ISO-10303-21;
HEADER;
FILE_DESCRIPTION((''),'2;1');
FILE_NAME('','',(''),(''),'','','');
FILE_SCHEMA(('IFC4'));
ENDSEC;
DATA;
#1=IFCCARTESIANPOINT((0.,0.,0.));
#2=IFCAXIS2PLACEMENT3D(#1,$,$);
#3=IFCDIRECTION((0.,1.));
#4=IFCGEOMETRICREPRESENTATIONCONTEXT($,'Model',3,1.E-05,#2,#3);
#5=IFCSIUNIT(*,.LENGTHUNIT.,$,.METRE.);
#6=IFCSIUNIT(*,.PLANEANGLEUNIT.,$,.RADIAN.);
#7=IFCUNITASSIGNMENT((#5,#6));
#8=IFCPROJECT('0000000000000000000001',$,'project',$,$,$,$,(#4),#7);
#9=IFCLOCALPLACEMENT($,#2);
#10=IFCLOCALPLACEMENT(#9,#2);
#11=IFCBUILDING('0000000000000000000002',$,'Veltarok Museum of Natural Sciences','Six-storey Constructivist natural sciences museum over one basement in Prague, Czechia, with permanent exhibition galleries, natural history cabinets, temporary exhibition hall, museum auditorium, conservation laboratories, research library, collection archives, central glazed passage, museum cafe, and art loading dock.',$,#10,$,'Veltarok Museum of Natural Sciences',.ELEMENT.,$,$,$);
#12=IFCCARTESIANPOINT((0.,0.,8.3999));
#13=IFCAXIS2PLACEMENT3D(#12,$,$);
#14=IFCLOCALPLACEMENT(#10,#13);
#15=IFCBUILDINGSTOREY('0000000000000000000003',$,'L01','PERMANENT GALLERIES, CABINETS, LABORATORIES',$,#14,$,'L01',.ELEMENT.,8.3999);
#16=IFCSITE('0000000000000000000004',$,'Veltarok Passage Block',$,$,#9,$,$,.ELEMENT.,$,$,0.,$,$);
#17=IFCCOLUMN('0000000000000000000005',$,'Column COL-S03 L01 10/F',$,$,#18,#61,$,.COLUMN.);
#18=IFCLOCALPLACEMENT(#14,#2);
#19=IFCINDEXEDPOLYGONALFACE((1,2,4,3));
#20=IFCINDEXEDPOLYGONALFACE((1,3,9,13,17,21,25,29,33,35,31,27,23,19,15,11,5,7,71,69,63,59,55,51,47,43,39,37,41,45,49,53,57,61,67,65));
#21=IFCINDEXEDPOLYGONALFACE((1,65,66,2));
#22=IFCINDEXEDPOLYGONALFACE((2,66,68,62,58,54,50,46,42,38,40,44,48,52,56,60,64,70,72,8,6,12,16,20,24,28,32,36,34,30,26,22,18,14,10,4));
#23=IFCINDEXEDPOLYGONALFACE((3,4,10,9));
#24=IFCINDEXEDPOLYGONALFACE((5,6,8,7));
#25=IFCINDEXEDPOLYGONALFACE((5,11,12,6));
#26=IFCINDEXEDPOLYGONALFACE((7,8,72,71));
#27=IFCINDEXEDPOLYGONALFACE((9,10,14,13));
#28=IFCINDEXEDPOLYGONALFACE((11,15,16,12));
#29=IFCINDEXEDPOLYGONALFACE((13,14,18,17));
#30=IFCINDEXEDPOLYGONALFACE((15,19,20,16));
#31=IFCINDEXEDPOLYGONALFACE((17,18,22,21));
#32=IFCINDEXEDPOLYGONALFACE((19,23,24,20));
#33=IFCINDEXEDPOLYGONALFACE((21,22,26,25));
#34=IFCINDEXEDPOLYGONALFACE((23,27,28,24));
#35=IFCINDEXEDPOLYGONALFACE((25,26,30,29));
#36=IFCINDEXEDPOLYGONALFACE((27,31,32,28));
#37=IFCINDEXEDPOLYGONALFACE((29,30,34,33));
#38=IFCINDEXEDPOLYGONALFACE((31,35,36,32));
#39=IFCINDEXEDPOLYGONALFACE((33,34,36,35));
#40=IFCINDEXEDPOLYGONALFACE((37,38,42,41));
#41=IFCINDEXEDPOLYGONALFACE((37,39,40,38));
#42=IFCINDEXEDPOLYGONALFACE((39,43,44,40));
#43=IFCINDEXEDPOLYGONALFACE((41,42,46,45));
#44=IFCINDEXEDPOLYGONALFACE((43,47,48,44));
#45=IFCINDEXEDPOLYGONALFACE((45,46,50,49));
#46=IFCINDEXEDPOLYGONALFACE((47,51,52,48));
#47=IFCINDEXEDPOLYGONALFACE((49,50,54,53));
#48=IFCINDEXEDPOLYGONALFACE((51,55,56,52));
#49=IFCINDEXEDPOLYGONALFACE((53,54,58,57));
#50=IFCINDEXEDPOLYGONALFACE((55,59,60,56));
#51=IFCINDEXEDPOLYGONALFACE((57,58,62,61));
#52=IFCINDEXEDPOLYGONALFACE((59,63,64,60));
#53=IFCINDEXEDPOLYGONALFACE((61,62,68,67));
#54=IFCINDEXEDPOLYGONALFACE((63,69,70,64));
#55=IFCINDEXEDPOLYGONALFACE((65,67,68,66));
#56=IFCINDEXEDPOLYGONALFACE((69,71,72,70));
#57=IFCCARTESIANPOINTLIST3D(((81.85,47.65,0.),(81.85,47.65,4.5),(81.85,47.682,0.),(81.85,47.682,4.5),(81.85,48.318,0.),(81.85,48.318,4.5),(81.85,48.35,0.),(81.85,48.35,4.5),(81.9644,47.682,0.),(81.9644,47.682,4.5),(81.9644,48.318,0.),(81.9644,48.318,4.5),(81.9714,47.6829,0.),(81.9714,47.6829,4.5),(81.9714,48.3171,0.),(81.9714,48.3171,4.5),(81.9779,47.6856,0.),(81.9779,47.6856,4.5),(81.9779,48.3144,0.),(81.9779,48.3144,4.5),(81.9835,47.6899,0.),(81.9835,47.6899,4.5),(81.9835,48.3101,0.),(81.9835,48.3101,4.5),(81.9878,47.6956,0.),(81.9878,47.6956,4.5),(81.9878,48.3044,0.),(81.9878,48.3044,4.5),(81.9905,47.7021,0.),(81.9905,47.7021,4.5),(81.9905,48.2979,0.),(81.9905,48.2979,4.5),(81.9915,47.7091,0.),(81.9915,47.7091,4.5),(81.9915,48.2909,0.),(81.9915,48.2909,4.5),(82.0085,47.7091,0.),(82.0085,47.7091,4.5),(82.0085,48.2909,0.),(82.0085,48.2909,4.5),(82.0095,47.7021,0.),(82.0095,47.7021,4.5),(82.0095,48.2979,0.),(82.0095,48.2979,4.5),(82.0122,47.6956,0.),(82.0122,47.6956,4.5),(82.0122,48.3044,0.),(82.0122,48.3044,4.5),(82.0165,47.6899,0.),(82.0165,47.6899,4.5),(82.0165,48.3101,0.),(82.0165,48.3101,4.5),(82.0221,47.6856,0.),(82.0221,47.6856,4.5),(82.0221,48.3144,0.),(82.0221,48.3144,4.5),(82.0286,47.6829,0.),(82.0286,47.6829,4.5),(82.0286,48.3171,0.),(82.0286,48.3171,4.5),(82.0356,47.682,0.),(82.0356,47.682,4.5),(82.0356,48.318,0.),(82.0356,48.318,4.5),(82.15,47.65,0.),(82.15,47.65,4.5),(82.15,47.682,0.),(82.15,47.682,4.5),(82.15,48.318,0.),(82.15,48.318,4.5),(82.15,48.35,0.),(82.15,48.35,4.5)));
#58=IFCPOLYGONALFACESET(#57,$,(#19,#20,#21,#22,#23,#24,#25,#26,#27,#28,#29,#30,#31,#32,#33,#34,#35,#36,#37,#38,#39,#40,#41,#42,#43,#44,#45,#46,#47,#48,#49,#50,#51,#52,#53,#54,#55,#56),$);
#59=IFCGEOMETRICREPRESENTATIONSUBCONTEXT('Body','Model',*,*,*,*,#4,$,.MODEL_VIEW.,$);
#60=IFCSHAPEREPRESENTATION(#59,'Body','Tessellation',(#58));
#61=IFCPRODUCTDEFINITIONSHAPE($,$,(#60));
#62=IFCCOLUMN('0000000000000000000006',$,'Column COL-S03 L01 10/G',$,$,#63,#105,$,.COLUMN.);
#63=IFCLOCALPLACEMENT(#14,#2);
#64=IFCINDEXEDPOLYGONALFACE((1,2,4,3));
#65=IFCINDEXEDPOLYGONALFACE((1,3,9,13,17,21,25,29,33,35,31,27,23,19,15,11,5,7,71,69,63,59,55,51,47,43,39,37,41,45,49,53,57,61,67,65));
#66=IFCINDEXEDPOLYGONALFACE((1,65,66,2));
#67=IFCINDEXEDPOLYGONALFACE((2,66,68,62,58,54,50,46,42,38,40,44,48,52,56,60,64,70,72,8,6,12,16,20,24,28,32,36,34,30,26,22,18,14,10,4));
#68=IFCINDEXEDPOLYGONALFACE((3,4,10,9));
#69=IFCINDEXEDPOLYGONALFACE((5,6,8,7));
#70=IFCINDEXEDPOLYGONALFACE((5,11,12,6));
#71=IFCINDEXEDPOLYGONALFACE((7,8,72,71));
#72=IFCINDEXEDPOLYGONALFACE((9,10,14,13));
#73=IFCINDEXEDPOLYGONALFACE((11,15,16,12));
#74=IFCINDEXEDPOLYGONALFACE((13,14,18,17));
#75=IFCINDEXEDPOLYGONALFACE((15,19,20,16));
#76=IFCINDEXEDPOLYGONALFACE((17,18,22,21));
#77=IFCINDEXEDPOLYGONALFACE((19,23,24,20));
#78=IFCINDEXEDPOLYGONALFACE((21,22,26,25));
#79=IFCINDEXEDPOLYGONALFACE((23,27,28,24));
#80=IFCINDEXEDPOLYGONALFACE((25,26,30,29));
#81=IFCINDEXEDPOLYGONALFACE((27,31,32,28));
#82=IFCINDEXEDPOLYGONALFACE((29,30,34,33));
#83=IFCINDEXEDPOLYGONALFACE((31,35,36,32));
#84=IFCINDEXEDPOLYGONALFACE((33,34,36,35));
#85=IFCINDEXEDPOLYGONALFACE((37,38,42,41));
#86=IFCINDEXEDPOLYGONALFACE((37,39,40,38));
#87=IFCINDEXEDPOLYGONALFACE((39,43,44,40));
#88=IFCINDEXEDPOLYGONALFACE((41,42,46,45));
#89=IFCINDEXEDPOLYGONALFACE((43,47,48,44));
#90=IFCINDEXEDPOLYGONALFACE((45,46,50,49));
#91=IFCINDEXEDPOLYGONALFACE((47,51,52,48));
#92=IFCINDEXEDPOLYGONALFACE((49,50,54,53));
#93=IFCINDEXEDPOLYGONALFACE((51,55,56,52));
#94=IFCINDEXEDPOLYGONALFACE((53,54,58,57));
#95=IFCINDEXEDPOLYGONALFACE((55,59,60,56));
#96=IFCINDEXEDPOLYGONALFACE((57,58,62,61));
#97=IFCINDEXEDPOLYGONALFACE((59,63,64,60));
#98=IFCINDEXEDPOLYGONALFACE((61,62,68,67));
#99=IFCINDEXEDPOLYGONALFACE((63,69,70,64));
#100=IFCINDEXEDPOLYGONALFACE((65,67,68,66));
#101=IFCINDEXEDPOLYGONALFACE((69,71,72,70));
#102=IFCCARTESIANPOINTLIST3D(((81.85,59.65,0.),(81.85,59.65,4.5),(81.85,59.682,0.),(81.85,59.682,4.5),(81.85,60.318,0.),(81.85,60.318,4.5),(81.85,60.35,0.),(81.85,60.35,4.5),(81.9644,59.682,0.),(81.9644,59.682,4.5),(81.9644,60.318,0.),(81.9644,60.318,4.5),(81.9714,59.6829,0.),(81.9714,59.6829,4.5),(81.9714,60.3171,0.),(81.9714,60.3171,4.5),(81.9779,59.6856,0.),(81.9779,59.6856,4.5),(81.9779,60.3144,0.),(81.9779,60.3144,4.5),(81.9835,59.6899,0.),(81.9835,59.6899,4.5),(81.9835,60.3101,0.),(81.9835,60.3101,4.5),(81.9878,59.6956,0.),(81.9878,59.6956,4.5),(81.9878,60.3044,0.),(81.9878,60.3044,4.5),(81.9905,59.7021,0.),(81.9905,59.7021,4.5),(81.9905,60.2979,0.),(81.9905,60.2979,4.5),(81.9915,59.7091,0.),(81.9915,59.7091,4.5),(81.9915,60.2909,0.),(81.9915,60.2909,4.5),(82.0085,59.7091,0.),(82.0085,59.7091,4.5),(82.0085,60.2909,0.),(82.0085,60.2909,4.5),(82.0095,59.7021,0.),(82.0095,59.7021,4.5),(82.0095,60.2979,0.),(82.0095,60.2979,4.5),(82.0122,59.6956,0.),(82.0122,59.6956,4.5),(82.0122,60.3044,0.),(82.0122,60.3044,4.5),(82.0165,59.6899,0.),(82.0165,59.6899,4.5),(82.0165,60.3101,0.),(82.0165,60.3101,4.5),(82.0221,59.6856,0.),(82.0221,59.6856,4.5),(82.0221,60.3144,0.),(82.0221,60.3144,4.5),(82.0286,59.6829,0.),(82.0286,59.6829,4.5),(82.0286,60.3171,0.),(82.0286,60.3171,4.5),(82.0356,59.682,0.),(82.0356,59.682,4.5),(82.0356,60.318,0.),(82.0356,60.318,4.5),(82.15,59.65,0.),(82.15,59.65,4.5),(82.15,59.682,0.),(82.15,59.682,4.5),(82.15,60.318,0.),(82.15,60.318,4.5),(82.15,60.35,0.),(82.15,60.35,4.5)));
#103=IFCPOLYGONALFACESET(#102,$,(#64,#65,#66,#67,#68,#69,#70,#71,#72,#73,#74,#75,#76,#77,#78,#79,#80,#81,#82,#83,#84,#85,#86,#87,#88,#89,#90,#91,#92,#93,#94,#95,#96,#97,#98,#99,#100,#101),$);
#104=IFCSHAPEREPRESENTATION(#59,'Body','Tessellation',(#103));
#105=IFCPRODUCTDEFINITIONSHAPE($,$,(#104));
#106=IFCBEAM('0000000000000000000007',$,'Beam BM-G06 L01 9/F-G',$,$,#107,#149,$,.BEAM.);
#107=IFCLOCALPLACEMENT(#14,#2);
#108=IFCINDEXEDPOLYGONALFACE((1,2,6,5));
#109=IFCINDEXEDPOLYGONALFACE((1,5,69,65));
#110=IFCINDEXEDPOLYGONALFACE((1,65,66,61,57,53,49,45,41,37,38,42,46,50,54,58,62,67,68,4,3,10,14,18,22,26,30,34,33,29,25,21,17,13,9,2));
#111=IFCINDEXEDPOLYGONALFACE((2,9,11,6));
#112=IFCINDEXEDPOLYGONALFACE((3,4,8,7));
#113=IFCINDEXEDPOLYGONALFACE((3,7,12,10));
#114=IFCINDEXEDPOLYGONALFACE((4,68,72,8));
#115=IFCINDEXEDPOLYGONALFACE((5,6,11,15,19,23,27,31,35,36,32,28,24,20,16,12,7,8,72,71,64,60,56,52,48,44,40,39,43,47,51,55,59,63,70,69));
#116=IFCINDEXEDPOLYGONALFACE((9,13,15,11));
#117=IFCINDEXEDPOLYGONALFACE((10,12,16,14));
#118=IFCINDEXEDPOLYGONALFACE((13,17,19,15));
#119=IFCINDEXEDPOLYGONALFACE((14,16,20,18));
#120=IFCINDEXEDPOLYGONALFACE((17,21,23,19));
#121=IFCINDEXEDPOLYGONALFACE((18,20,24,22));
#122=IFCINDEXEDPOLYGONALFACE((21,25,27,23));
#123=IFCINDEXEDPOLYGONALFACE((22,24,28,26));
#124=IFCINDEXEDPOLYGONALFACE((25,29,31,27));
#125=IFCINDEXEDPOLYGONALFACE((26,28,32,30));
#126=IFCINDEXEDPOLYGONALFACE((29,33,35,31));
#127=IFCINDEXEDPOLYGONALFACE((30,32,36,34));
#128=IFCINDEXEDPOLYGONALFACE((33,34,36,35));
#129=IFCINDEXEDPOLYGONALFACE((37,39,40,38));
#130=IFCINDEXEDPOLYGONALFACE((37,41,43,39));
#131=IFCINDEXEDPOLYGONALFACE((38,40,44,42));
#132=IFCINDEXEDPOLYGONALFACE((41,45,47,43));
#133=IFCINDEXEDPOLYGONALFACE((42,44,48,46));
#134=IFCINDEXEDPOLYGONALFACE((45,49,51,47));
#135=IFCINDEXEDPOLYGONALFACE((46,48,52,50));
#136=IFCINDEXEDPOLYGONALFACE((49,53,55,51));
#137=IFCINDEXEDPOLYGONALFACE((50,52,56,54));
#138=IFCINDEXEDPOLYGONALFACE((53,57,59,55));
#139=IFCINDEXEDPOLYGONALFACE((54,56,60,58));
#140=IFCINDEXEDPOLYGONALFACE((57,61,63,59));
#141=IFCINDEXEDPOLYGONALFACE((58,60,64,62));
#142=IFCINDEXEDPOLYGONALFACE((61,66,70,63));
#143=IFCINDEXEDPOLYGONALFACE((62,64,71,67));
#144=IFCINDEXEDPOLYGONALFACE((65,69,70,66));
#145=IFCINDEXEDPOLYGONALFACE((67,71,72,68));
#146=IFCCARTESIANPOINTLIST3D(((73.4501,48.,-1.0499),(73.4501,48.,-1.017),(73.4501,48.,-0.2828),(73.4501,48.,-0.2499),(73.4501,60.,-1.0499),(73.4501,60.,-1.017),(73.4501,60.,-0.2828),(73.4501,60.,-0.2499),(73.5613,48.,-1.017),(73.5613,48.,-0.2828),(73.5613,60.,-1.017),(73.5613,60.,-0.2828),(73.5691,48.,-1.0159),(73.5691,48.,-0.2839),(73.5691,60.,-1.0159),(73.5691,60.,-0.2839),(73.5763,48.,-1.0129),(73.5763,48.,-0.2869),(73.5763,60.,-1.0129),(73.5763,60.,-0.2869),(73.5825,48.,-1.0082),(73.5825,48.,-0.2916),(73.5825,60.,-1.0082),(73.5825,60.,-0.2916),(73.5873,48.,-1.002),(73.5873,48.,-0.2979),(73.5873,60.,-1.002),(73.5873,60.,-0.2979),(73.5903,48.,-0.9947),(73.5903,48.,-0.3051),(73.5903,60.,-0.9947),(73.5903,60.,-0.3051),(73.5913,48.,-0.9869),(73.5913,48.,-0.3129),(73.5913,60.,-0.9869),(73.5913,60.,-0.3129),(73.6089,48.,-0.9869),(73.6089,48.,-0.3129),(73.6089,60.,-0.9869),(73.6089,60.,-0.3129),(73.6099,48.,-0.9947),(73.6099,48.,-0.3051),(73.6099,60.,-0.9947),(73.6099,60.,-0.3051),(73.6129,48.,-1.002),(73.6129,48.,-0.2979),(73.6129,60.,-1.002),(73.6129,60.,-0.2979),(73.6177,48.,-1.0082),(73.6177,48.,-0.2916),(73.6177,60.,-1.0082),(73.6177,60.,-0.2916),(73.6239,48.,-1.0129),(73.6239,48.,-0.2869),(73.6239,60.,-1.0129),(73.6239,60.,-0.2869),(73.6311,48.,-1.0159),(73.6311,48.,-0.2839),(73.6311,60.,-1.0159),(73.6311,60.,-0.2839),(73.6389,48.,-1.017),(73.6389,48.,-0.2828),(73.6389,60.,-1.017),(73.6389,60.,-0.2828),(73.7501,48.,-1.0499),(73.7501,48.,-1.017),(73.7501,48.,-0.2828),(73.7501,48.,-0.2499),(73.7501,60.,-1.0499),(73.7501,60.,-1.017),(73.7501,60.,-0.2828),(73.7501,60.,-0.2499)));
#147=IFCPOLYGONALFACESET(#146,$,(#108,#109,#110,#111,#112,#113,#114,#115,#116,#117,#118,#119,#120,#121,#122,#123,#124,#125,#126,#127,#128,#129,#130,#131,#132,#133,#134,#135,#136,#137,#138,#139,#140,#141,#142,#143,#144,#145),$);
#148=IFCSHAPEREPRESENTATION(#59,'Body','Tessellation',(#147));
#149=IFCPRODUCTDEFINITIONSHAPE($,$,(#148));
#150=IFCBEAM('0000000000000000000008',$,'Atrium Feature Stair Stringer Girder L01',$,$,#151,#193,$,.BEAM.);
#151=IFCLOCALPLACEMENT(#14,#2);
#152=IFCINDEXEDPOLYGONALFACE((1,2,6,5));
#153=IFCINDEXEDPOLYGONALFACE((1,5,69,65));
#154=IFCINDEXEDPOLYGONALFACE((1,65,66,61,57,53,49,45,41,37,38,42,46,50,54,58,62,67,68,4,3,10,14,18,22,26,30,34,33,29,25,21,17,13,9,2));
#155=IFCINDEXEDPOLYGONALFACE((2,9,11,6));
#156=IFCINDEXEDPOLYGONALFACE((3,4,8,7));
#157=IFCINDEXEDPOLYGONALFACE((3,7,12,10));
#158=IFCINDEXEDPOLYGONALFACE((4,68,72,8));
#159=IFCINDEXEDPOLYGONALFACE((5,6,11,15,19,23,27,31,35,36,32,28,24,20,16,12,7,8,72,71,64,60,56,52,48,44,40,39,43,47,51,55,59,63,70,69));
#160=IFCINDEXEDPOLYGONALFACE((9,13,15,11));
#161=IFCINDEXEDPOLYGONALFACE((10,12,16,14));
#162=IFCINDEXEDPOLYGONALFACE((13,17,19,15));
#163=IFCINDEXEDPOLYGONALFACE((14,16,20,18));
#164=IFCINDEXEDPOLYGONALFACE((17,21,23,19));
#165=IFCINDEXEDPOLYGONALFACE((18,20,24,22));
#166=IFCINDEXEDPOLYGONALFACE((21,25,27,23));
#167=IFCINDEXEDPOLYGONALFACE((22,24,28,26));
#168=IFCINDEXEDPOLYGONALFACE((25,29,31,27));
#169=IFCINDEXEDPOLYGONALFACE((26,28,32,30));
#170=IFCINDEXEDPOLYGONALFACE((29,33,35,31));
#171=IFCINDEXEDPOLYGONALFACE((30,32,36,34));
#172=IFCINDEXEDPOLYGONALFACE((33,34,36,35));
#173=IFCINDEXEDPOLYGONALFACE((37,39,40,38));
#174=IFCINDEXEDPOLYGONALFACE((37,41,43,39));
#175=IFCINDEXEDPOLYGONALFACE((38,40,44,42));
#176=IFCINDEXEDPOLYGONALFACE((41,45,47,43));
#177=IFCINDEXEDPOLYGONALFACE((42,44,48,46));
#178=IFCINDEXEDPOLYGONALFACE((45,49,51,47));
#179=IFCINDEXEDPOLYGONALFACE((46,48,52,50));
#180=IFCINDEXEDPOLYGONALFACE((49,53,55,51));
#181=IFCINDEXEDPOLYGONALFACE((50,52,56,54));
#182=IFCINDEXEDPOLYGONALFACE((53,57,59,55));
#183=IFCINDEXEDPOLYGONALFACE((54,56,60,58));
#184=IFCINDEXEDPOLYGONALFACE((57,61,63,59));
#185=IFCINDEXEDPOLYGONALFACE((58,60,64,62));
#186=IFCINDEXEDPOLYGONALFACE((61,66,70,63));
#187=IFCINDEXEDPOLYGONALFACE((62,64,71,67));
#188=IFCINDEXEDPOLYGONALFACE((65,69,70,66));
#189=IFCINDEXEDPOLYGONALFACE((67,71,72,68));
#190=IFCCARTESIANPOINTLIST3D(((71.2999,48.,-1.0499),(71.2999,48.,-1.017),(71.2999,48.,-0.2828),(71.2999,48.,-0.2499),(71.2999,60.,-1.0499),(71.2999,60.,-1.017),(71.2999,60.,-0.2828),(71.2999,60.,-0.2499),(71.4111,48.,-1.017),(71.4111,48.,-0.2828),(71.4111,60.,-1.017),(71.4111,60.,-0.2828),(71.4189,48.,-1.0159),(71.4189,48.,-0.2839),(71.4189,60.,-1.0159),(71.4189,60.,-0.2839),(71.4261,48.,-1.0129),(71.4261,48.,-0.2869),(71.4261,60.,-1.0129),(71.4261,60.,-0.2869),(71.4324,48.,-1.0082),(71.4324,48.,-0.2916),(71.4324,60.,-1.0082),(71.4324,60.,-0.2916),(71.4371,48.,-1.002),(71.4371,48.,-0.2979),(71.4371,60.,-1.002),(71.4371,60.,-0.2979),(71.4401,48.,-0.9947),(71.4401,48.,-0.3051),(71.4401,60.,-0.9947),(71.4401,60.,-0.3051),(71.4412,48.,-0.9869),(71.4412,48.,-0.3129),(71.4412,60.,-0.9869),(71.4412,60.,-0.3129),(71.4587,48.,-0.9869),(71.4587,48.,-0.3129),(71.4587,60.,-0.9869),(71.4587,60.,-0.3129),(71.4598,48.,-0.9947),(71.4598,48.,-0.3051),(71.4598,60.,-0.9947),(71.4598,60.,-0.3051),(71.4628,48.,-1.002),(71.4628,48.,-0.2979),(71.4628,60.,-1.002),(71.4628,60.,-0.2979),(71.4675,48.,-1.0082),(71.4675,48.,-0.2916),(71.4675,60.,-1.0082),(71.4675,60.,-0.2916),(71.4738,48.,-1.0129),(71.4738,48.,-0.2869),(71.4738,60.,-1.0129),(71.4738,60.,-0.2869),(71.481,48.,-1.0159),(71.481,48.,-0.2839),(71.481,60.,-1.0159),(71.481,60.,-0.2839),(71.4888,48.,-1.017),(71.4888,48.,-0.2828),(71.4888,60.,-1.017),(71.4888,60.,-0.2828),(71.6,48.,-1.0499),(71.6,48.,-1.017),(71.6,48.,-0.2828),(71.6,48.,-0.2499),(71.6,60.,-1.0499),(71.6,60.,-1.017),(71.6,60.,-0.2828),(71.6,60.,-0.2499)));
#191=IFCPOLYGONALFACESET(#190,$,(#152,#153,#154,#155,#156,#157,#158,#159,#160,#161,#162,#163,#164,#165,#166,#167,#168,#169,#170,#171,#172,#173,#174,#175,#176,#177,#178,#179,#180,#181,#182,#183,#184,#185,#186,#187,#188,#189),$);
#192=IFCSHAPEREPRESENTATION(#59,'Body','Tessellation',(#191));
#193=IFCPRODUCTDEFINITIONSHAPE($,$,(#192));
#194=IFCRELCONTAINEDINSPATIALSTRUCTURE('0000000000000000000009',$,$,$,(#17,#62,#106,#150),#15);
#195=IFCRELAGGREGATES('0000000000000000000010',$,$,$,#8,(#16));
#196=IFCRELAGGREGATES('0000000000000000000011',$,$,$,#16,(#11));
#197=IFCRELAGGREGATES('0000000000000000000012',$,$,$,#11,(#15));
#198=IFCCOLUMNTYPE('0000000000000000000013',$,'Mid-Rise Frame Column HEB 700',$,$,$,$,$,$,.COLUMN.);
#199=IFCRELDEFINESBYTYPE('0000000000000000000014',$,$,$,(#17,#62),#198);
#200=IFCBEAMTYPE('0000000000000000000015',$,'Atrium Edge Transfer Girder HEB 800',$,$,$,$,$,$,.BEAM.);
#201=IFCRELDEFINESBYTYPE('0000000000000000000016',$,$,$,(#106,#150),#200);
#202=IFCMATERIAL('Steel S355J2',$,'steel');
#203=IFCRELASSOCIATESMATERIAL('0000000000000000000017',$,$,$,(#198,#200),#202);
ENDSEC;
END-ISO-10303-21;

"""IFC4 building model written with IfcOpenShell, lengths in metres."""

from ifc_helpers import new_model, si_unit, direction, frame, origin, origin_2d, place, context, subcontext, project, spatial, i_section, extrude, material, material_profile, profile_set, type_object, element, save


model = new_model("IFC4")

# Units and contexts
model_context = context("Model", 3, precision=1e-05, world=origin(), true_north=direction((0.0, 1.0)))
body_context = subcontext(model_context, "Body", "Model", "MODEL_VIEW")
ifc_project = project(units=[si_unit("LENGTHUNIT", "METRE"), si_unit("PLANEANGLEUNIT", "RADIAN")], contexts=[model_context])

# Site, building, storey
site_placement = place(None, origin())
site = spatial("IfcSite", under=ifc_project, at=site_placement, Name="Veltarok Passage Block", CompositionType="ELEMENT", RefElevation=0.0)
building_placement = place(site_placement, origin())
building = spatial("IfcBuilding", under=site, at=building_placement, Name="Veltarok Museum of Natural Sciences", Description="Six-storey Constructivist natural sciences museum over one basement in Prague, Czechia, with permanent exhibition galleries, natural history cabinets, temporary exhibition hall, museum auditorium, conservation laboratories, research library, collection archives, central glazed passage, museum cafe, and art loading dock.", LongName="Veltarok Museum of Natural Sciences", CompositionType="ELEMENT")
storey_placement = place(building_placement, frame((0.0, 0.0, 8.3999)))
storey = spatial("IfcBuildingStorey", under=building, at=storey_placement, Name="L01", Description="PERMANENT GALLERIES, CABINETS, LABORATORIES", LongName="L01", CompositionType="ELEMENT", Elevation=8.3999)

# Columns
ifc_material_1 = material(Name="Steel S355J2", Category="steel")
ifc_material_profile_1 = material_profile(ifc_material_1, i_section(OverallWidth=0.3, OverallDepth=0.7, WebThickness=0.0171, FlangeThickness=0.032, FilletRadius=0.0271, at=origin_2d()), Name="HEB 700")
ifc_profile_set_1 = profile_set([ifc_material_profile_1], Name="Steel S355J2")
column_type = type_object("IfcColumnType", Name="Mid-Rise Frame Column HEB 700", PredefinedType="COLUMN", material=ifc_profile_set_1)
for number, where, z_axis, x_axis, name in (
    (1, (82.0, 48.0, 0.0), (0.0, 0.0, 1.0), (1.0, 0.0, 0.0), "Column COL-S03 L01 10/F"),
    (2, (82.0, 60.0, 0.0), (0.0, 0.0, 1.0), (1.0, 0.0, 0.0), "Column COL-S03 L01 10/G"),
):
    element("IfcColumn", number, at=place(storey_placement, frame(where, z_axis=z_axis, x_axis=x_axis)), inside=storey, type_object=column_type, Name=name, PredefinedType="COLUMN", context=body_context, shape_type="SweptSolid", body=[
        extrude(i_section(OverallWidth=0.3, OverallDepth=0.7, WebThickness=0.0171, FlangeThickness=0.032, FilletRadius=0.0271, at=origin_2d()), origin(), (0.0, 0.0, 1.0), 4.5),
    ])

# Beams
ifc_material_profile_2 = material_profile(ifc_material_1, i_section(OverallWidth=0.3, OverallDepth=0.8, WebThickness=0.0176, FlangeThickness=0.033, FilletRadius=0.03, at=origin_2d()), Name="HEB 800")
ifc_profile_set_2 = profile_set([ifc_material_profile_2], Name="Steel S355J2")
beam_type_1 = type_object("IfcBeamType", Name="Atrium Edge Transfer Girder HEB 800", PredefinedType="BEAM", material=ifc_profile_set_2)
for number, where, z_axis, x_axis, name in (
    (3, (73.6001, 48.0, -0.6499), (0.0, 1.0, 0.0), (-1.0, 0.0, 0.0), "Beam BM-G06 L01 9/F-G"),
    (4, (71.45, 48.0, -0.6499), (0.0, 1.0, 0.0), (-1.0, 0.0, 0.0), "Atrium Feature Stair Stringer Girder L01"),
):
    element("IfcBeam", number, at=place(storey_placement, frame(where, z_axis=z_axis, x_axis=x_axis)), inside=storey, type_object=beam_type_1, Name=name, PredefinedType="BEAM", context=body_context, shape_type="SweptSolid", body=[
        extrude(i_section(OverallWidth=0.3, OverallDepth=0.8, WebThickness=0.0176, FlangeThickness=0.033, FilletRadius=0.03, at=origin_2d()), origin(), (0.0, 0.0, 1.0), 12.0),
    ])

save(model, "model.ifc")
